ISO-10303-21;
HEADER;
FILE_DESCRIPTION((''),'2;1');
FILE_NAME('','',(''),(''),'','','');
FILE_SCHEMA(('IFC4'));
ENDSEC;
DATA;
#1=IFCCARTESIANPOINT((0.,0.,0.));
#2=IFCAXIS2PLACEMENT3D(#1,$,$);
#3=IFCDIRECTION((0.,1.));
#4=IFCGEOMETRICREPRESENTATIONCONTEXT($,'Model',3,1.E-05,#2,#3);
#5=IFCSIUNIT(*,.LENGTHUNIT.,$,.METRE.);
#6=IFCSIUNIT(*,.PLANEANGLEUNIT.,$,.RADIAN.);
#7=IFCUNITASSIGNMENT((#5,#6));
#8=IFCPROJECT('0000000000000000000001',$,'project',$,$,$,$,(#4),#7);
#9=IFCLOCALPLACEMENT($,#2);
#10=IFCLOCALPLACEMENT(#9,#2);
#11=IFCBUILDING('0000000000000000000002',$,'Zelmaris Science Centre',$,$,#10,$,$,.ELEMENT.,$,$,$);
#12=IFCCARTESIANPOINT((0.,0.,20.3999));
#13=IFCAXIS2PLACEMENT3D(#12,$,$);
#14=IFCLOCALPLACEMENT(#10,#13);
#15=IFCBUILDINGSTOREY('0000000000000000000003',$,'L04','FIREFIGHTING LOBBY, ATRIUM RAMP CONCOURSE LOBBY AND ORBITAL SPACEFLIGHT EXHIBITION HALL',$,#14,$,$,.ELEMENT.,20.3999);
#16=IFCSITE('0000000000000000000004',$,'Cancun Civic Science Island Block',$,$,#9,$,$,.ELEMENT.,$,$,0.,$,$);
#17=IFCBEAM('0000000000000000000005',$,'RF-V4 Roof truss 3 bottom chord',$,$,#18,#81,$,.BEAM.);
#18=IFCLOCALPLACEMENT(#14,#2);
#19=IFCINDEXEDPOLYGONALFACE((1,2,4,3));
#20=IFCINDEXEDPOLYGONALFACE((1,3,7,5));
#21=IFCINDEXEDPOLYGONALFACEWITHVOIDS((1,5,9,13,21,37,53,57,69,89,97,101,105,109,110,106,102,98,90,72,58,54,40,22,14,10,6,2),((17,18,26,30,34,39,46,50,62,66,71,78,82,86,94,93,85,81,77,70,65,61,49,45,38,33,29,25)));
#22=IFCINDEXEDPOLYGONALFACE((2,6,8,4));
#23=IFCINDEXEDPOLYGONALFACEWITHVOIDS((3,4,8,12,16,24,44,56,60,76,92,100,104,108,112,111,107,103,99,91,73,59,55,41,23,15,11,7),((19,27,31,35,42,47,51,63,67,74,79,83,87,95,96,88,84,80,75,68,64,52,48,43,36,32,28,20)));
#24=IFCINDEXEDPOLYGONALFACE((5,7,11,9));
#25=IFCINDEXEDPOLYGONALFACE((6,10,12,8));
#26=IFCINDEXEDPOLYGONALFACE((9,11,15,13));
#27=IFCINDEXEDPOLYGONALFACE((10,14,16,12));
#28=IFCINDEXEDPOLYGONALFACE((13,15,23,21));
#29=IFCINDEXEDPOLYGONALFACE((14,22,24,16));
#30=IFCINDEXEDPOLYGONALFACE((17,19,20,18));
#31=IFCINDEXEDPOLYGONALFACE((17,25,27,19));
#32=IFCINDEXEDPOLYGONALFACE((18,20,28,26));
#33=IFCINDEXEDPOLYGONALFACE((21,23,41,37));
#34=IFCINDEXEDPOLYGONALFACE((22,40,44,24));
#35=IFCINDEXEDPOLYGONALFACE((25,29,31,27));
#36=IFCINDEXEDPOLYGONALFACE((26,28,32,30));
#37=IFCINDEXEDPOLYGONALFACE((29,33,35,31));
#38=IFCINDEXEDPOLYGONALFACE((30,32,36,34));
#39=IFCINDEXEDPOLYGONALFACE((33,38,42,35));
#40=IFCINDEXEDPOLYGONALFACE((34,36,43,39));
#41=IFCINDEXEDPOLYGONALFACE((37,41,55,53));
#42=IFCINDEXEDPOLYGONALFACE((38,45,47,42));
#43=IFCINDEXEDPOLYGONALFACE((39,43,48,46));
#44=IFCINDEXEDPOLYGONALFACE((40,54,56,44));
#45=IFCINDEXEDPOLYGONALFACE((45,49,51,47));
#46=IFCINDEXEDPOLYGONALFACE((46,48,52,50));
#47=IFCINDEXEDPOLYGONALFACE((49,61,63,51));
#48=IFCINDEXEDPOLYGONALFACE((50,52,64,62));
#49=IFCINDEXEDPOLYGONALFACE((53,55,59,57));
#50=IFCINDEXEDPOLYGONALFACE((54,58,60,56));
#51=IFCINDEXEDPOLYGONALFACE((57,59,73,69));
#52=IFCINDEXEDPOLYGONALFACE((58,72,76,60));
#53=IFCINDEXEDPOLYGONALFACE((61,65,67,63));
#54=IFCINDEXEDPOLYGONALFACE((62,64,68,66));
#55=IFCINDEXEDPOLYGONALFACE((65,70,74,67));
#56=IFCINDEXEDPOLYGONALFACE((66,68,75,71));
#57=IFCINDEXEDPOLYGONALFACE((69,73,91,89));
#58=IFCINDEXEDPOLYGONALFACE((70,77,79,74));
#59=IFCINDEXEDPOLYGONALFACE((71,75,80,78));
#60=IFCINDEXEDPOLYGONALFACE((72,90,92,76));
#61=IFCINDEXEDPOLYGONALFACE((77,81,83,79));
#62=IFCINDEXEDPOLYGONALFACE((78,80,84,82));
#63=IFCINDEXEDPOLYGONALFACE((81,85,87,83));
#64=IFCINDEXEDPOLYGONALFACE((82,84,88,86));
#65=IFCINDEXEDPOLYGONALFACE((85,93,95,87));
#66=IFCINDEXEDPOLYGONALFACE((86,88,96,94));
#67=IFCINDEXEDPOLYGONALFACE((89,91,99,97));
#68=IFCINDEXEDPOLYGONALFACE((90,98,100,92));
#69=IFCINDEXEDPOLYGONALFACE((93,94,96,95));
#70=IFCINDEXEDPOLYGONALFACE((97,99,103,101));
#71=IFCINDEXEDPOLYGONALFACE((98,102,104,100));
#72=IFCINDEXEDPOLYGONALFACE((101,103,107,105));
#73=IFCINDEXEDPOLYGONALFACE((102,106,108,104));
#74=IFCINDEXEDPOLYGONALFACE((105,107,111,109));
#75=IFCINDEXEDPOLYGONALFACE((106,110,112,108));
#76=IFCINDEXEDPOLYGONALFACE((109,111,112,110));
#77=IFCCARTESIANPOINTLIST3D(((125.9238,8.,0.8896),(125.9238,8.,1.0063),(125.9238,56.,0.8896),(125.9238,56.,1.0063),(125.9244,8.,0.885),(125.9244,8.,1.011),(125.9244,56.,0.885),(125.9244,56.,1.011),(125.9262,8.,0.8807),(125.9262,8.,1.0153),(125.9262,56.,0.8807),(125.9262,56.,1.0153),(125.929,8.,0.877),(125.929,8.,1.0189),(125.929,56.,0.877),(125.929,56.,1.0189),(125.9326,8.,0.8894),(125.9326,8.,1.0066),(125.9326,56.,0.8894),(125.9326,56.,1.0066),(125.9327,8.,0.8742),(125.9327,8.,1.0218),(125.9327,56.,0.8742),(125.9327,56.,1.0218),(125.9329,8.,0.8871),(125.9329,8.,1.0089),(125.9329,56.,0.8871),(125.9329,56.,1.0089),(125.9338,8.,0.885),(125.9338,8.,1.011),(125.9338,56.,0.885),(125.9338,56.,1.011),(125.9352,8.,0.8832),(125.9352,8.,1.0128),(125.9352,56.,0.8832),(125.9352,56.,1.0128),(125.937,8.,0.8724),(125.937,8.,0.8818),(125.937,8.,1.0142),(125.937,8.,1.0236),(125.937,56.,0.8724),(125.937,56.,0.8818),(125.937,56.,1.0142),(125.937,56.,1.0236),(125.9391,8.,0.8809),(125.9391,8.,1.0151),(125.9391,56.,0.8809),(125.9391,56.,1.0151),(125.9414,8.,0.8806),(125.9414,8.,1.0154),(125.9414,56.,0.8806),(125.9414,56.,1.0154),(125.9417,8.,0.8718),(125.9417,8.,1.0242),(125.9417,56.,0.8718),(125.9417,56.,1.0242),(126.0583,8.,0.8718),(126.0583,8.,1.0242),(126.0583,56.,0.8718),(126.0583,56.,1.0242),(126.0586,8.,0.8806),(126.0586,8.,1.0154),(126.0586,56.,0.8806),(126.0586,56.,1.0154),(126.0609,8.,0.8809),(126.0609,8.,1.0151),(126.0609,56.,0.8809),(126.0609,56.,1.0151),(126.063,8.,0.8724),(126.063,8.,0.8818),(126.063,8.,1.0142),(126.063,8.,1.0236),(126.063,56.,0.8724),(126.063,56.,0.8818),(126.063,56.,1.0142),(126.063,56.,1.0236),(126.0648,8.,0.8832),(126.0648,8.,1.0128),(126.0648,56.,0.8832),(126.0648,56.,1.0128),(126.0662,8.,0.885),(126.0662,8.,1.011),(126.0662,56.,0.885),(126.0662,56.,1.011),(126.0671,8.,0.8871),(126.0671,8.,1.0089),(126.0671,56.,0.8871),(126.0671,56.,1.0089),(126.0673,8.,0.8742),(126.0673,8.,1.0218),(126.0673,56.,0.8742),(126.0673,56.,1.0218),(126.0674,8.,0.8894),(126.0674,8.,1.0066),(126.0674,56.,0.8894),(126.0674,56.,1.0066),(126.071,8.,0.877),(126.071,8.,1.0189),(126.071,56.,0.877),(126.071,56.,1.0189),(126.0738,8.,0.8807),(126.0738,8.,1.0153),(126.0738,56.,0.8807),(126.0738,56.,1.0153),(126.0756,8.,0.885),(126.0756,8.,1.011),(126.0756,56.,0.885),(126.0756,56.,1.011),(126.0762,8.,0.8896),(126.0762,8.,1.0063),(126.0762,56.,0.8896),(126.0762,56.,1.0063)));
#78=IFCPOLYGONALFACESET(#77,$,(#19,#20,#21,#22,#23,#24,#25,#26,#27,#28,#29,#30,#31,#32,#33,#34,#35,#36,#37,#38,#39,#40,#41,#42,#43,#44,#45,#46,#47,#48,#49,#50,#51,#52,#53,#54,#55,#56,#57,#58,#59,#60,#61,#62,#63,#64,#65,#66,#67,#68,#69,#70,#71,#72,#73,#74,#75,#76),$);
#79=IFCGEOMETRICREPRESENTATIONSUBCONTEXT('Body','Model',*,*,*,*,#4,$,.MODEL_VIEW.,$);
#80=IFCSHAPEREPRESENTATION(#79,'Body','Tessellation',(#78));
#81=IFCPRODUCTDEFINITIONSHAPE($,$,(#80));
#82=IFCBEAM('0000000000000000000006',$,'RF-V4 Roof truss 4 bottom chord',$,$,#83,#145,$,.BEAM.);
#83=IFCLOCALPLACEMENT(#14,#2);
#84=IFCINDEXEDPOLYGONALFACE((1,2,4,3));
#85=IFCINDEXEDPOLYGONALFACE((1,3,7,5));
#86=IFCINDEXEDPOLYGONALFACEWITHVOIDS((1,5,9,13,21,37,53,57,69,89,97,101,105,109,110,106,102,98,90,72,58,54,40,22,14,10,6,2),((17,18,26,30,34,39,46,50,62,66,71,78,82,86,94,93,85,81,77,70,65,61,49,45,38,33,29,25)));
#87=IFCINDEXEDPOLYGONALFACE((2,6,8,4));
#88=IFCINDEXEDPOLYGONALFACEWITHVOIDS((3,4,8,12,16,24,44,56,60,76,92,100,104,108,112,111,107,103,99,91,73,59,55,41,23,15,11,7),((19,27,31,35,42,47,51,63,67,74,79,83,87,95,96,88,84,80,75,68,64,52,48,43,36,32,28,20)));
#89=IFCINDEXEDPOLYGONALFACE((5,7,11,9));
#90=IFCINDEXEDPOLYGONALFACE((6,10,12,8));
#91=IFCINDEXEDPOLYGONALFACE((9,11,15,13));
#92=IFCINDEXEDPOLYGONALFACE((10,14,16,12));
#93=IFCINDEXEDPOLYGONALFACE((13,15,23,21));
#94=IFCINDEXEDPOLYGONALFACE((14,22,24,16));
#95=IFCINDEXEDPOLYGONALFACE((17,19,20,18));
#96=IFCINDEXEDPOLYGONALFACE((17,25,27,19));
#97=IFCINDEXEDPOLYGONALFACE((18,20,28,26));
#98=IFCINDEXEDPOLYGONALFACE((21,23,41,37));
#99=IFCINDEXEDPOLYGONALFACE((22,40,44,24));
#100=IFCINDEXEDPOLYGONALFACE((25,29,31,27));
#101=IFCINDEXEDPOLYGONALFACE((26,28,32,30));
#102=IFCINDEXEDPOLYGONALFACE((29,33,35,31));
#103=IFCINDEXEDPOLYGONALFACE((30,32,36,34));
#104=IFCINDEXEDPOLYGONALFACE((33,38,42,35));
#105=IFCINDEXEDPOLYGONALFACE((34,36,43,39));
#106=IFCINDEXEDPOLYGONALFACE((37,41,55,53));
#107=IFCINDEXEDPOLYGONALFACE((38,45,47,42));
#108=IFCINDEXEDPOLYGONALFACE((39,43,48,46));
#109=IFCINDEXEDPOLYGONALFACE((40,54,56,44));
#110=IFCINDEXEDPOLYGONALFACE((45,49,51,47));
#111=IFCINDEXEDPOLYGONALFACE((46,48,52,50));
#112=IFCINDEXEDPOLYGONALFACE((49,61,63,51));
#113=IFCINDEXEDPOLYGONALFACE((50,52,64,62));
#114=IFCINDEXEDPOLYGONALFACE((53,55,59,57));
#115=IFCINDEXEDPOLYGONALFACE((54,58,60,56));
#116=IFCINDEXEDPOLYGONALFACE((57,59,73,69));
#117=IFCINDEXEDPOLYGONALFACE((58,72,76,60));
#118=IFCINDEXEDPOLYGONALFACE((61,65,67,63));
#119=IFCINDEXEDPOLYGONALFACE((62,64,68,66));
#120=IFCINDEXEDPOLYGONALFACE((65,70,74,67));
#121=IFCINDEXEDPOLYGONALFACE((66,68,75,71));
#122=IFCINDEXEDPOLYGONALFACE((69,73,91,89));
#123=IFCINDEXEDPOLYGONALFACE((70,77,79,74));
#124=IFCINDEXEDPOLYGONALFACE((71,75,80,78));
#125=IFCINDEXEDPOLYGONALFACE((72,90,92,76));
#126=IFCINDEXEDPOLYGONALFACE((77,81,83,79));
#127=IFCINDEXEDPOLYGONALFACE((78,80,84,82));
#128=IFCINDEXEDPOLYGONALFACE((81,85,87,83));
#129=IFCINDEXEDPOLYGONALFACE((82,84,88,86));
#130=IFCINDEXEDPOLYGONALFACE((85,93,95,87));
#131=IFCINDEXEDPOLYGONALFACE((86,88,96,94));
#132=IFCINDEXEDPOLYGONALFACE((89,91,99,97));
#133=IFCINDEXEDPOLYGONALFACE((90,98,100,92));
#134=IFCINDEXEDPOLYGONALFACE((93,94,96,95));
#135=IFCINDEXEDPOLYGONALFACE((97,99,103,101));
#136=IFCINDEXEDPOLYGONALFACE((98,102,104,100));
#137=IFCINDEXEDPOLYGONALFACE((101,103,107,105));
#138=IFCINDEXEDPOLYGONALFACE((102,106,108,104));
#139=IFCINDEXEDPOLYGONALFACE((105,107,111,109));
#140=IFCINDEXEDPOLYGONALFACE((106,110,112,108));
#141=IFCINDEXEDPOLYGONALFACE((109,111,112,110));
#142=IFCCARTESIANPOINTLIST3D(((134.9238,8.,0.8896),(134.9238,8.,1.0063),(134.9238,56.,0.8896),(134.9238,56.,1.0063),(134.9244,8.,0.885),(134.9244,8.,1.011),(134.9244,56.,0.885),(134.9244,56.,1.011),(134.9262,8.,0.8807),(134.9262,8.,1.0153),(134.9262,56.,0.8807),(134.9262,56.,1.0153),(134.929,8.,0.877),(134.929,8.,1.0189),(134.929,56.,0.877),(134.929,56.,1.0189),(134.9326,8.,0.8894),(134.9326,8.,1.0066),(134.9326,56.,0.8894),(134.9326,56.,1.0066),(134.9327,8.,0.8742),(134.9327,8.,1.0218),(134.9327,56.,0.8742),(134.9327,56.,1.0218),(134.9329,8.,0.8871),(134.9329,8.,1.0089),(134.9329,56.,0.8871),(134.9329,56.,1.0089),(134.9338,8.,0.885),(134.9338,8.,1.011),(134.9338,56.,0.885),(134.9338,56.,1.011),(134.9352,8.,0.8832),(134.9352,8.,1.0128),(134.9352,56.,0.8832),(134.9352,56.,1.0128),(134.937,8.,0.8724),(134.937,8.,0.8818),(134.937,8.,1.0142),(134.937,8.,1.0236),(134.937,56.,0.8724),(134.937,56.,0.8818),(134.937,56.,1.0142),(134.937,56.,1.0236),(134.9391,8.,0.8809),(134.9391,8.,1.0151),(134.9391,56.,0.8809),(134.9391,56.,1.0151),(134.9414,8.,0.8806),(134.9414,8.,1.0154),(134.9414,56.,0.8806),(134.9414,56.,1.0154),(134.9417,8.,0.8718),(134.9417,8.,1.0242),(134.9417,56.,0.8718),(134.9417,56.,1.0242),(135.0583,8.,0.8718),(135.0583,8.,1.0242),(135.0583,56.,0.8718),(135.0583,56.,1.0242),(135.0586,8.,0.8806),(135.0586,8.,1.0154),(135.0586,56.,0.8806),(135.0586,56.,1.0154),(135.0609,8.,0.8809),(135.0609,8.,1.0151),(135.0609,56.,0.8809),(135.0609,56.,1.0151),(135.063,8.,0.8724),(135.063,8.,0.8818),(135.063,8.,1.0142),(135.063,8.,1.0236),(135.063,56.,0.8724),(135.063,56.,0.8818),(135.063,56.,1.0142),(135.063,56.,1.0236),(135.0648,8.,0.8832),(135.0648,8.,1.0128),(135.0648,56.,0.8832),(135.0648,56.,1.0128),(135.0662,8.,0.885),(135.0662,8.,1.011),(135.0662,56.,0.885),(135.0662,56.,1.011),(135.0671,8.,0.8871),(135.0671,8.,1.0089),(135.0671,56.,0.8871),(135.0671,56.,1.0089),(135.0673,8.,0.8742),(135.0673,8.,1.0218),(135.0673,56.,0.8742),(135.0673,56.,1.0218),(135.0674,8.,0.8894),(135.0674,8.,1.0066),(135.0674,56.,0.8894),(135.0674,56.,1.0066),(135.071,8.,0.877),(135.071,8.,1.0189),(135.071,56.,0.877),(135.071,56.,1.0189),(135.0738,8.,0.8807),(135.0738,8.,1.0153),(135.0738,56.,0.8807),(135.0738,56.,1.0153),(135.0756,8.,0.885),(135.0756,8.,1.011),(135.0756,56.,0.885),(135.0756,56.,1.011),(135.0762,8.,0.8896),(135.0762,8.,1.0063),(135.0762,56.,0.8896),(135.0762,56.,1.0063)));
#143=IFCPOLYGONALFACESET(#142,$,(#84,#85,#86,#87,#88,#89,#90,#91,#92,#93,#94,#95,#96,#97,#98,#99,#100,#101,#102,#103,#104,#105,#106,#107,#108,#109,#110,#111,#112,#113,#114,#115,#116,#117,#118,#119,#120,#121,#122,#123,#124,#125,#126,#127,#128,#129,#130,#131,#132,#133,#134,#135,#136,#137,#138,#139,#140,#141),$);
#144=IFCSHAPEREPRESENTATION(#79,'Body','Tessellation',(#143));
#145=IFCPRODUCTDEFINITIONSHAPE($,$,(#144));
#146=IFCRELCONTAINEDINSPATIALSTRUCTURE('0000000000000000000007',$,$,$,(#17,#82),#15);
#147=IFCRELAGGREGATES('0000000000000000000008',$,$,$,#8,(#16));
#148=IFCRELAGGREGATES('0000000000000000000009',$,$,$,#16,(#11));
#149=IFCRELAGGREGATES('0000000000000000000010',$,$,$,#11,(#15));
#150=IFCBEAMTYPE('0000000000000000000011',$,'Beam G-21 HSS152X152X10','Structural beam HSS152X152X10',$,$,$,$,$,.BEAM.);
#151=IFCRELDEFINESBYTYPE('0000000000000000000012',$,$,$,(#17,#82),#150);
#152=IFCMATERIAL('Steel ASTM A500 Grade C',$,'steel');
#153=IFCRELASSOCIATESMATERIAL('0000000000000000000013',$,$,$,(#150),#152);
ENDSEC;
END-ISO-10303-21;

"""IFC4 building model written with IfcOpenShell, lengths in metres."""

from ifc_helpers import new_model, si_unit, direction, frame, origin, origin_2d, place, context, subcontext, project, spatial, hollow_rectangle, extrude, material, material_profile, profile_set, type_object, element, save


model = new_model("IFC4")

# Units and contexts
model_context = context("Model", 3, precision=1e-05, world=origin(), true_north=direction((0.0, 1.0)))
body_context = subcontext(model_context, "Body", "Model", "MODEL_VIEW")
ifc_project = project(units=[si_unit("LENGTHUNIT", "METRE"), si_unit("PLANEANGLEUNIT", "RADIAN")], contexts=[model_context])

# Site, building, storey
site_placement = place(None, origin())
site = spatial("IfcSite", under=ifc_project, at=site_placement, Name="Cancun Civic Science Island Block", CompositionType="ELEMENT", RefElevation=0.0)
building_placement = place(site_placement, origin())
building = spatial("IfcBuilding", under=site, at=building_placement, Name="Zelmaris Science Centre", CompositionType="ELEMENT")
storey_placement = place(building_placement, frame((0.0, 0.0, 20.3999)))
storey = spatial("IfcBuildingStorey", under=building, at=storey_placement, Name="L04", Description="FIREFIGHTING LOBBY, ATRIUM RAMP CONCOURSE LOBBY AND ORBITAL SPACEFLIGHT EXHIBITION HALL", CompositionType="ELEMENT", Elevation=20.3999)

# Beams
ifc_material = material(Name="Steel ASTM A500 Grade C", Category="steel")
ifc_material_profile_1 = material_profile(ifc_material, hollow_rectangle(XDim=0.1523, YDim=0.1523, WallThickness=0.0088, InnerFilletRadius=0.0088, OuterFilletRadius=0.0178, at=origin_2d()), Name="HSS152X152X10")
ifc_profile_set_1 = profile_set([ifc_material_profile_1], Name="Steel ASTM A500 Grade C")
beam_type_1 = type_object("IfcBeamType", Name="Beam G-21 HSS152X152X10", Description="Structural beam HSS152X152X10", PredefinedType="BEAM", material=ifc_profile_set_1)
for number, where, z_axis, x_axis, name in (
    (1, (126.0, 8.0, 0.948), (0.0, 1.0, 0.0), (-1.0, 0.0, 0.0), "RF-V4 Roof truss 3 bottom chord"),
    (2, (135.0, 8.0, 0.948), (0.0, 1.0, 0.0), (-1.0, 0.0, 0.0), "RF-V4 Roof truss 4 bottom chord"),
):
    element("IfcBeam", number, at=place(storey_placement, frame(where, z_axis=z_axis, x_axis=x_axis)), inside=storey, type_object=beam_type_1, Name=name, PredefinedType="BEAM", context=body_context, shape_type="SweptSolid", body=[
        extrude(hollow_rectangle(XDim=0.1523, YDim=0.1523, WallThickness=0.0088, InnerFilletRadius=0.0088, OuterFilletRadius=0.0178, at=origin_2d()), origin(), (0.0, 0.0, 1.0), 48.0),
    ])

save(model, "model.ifc")
